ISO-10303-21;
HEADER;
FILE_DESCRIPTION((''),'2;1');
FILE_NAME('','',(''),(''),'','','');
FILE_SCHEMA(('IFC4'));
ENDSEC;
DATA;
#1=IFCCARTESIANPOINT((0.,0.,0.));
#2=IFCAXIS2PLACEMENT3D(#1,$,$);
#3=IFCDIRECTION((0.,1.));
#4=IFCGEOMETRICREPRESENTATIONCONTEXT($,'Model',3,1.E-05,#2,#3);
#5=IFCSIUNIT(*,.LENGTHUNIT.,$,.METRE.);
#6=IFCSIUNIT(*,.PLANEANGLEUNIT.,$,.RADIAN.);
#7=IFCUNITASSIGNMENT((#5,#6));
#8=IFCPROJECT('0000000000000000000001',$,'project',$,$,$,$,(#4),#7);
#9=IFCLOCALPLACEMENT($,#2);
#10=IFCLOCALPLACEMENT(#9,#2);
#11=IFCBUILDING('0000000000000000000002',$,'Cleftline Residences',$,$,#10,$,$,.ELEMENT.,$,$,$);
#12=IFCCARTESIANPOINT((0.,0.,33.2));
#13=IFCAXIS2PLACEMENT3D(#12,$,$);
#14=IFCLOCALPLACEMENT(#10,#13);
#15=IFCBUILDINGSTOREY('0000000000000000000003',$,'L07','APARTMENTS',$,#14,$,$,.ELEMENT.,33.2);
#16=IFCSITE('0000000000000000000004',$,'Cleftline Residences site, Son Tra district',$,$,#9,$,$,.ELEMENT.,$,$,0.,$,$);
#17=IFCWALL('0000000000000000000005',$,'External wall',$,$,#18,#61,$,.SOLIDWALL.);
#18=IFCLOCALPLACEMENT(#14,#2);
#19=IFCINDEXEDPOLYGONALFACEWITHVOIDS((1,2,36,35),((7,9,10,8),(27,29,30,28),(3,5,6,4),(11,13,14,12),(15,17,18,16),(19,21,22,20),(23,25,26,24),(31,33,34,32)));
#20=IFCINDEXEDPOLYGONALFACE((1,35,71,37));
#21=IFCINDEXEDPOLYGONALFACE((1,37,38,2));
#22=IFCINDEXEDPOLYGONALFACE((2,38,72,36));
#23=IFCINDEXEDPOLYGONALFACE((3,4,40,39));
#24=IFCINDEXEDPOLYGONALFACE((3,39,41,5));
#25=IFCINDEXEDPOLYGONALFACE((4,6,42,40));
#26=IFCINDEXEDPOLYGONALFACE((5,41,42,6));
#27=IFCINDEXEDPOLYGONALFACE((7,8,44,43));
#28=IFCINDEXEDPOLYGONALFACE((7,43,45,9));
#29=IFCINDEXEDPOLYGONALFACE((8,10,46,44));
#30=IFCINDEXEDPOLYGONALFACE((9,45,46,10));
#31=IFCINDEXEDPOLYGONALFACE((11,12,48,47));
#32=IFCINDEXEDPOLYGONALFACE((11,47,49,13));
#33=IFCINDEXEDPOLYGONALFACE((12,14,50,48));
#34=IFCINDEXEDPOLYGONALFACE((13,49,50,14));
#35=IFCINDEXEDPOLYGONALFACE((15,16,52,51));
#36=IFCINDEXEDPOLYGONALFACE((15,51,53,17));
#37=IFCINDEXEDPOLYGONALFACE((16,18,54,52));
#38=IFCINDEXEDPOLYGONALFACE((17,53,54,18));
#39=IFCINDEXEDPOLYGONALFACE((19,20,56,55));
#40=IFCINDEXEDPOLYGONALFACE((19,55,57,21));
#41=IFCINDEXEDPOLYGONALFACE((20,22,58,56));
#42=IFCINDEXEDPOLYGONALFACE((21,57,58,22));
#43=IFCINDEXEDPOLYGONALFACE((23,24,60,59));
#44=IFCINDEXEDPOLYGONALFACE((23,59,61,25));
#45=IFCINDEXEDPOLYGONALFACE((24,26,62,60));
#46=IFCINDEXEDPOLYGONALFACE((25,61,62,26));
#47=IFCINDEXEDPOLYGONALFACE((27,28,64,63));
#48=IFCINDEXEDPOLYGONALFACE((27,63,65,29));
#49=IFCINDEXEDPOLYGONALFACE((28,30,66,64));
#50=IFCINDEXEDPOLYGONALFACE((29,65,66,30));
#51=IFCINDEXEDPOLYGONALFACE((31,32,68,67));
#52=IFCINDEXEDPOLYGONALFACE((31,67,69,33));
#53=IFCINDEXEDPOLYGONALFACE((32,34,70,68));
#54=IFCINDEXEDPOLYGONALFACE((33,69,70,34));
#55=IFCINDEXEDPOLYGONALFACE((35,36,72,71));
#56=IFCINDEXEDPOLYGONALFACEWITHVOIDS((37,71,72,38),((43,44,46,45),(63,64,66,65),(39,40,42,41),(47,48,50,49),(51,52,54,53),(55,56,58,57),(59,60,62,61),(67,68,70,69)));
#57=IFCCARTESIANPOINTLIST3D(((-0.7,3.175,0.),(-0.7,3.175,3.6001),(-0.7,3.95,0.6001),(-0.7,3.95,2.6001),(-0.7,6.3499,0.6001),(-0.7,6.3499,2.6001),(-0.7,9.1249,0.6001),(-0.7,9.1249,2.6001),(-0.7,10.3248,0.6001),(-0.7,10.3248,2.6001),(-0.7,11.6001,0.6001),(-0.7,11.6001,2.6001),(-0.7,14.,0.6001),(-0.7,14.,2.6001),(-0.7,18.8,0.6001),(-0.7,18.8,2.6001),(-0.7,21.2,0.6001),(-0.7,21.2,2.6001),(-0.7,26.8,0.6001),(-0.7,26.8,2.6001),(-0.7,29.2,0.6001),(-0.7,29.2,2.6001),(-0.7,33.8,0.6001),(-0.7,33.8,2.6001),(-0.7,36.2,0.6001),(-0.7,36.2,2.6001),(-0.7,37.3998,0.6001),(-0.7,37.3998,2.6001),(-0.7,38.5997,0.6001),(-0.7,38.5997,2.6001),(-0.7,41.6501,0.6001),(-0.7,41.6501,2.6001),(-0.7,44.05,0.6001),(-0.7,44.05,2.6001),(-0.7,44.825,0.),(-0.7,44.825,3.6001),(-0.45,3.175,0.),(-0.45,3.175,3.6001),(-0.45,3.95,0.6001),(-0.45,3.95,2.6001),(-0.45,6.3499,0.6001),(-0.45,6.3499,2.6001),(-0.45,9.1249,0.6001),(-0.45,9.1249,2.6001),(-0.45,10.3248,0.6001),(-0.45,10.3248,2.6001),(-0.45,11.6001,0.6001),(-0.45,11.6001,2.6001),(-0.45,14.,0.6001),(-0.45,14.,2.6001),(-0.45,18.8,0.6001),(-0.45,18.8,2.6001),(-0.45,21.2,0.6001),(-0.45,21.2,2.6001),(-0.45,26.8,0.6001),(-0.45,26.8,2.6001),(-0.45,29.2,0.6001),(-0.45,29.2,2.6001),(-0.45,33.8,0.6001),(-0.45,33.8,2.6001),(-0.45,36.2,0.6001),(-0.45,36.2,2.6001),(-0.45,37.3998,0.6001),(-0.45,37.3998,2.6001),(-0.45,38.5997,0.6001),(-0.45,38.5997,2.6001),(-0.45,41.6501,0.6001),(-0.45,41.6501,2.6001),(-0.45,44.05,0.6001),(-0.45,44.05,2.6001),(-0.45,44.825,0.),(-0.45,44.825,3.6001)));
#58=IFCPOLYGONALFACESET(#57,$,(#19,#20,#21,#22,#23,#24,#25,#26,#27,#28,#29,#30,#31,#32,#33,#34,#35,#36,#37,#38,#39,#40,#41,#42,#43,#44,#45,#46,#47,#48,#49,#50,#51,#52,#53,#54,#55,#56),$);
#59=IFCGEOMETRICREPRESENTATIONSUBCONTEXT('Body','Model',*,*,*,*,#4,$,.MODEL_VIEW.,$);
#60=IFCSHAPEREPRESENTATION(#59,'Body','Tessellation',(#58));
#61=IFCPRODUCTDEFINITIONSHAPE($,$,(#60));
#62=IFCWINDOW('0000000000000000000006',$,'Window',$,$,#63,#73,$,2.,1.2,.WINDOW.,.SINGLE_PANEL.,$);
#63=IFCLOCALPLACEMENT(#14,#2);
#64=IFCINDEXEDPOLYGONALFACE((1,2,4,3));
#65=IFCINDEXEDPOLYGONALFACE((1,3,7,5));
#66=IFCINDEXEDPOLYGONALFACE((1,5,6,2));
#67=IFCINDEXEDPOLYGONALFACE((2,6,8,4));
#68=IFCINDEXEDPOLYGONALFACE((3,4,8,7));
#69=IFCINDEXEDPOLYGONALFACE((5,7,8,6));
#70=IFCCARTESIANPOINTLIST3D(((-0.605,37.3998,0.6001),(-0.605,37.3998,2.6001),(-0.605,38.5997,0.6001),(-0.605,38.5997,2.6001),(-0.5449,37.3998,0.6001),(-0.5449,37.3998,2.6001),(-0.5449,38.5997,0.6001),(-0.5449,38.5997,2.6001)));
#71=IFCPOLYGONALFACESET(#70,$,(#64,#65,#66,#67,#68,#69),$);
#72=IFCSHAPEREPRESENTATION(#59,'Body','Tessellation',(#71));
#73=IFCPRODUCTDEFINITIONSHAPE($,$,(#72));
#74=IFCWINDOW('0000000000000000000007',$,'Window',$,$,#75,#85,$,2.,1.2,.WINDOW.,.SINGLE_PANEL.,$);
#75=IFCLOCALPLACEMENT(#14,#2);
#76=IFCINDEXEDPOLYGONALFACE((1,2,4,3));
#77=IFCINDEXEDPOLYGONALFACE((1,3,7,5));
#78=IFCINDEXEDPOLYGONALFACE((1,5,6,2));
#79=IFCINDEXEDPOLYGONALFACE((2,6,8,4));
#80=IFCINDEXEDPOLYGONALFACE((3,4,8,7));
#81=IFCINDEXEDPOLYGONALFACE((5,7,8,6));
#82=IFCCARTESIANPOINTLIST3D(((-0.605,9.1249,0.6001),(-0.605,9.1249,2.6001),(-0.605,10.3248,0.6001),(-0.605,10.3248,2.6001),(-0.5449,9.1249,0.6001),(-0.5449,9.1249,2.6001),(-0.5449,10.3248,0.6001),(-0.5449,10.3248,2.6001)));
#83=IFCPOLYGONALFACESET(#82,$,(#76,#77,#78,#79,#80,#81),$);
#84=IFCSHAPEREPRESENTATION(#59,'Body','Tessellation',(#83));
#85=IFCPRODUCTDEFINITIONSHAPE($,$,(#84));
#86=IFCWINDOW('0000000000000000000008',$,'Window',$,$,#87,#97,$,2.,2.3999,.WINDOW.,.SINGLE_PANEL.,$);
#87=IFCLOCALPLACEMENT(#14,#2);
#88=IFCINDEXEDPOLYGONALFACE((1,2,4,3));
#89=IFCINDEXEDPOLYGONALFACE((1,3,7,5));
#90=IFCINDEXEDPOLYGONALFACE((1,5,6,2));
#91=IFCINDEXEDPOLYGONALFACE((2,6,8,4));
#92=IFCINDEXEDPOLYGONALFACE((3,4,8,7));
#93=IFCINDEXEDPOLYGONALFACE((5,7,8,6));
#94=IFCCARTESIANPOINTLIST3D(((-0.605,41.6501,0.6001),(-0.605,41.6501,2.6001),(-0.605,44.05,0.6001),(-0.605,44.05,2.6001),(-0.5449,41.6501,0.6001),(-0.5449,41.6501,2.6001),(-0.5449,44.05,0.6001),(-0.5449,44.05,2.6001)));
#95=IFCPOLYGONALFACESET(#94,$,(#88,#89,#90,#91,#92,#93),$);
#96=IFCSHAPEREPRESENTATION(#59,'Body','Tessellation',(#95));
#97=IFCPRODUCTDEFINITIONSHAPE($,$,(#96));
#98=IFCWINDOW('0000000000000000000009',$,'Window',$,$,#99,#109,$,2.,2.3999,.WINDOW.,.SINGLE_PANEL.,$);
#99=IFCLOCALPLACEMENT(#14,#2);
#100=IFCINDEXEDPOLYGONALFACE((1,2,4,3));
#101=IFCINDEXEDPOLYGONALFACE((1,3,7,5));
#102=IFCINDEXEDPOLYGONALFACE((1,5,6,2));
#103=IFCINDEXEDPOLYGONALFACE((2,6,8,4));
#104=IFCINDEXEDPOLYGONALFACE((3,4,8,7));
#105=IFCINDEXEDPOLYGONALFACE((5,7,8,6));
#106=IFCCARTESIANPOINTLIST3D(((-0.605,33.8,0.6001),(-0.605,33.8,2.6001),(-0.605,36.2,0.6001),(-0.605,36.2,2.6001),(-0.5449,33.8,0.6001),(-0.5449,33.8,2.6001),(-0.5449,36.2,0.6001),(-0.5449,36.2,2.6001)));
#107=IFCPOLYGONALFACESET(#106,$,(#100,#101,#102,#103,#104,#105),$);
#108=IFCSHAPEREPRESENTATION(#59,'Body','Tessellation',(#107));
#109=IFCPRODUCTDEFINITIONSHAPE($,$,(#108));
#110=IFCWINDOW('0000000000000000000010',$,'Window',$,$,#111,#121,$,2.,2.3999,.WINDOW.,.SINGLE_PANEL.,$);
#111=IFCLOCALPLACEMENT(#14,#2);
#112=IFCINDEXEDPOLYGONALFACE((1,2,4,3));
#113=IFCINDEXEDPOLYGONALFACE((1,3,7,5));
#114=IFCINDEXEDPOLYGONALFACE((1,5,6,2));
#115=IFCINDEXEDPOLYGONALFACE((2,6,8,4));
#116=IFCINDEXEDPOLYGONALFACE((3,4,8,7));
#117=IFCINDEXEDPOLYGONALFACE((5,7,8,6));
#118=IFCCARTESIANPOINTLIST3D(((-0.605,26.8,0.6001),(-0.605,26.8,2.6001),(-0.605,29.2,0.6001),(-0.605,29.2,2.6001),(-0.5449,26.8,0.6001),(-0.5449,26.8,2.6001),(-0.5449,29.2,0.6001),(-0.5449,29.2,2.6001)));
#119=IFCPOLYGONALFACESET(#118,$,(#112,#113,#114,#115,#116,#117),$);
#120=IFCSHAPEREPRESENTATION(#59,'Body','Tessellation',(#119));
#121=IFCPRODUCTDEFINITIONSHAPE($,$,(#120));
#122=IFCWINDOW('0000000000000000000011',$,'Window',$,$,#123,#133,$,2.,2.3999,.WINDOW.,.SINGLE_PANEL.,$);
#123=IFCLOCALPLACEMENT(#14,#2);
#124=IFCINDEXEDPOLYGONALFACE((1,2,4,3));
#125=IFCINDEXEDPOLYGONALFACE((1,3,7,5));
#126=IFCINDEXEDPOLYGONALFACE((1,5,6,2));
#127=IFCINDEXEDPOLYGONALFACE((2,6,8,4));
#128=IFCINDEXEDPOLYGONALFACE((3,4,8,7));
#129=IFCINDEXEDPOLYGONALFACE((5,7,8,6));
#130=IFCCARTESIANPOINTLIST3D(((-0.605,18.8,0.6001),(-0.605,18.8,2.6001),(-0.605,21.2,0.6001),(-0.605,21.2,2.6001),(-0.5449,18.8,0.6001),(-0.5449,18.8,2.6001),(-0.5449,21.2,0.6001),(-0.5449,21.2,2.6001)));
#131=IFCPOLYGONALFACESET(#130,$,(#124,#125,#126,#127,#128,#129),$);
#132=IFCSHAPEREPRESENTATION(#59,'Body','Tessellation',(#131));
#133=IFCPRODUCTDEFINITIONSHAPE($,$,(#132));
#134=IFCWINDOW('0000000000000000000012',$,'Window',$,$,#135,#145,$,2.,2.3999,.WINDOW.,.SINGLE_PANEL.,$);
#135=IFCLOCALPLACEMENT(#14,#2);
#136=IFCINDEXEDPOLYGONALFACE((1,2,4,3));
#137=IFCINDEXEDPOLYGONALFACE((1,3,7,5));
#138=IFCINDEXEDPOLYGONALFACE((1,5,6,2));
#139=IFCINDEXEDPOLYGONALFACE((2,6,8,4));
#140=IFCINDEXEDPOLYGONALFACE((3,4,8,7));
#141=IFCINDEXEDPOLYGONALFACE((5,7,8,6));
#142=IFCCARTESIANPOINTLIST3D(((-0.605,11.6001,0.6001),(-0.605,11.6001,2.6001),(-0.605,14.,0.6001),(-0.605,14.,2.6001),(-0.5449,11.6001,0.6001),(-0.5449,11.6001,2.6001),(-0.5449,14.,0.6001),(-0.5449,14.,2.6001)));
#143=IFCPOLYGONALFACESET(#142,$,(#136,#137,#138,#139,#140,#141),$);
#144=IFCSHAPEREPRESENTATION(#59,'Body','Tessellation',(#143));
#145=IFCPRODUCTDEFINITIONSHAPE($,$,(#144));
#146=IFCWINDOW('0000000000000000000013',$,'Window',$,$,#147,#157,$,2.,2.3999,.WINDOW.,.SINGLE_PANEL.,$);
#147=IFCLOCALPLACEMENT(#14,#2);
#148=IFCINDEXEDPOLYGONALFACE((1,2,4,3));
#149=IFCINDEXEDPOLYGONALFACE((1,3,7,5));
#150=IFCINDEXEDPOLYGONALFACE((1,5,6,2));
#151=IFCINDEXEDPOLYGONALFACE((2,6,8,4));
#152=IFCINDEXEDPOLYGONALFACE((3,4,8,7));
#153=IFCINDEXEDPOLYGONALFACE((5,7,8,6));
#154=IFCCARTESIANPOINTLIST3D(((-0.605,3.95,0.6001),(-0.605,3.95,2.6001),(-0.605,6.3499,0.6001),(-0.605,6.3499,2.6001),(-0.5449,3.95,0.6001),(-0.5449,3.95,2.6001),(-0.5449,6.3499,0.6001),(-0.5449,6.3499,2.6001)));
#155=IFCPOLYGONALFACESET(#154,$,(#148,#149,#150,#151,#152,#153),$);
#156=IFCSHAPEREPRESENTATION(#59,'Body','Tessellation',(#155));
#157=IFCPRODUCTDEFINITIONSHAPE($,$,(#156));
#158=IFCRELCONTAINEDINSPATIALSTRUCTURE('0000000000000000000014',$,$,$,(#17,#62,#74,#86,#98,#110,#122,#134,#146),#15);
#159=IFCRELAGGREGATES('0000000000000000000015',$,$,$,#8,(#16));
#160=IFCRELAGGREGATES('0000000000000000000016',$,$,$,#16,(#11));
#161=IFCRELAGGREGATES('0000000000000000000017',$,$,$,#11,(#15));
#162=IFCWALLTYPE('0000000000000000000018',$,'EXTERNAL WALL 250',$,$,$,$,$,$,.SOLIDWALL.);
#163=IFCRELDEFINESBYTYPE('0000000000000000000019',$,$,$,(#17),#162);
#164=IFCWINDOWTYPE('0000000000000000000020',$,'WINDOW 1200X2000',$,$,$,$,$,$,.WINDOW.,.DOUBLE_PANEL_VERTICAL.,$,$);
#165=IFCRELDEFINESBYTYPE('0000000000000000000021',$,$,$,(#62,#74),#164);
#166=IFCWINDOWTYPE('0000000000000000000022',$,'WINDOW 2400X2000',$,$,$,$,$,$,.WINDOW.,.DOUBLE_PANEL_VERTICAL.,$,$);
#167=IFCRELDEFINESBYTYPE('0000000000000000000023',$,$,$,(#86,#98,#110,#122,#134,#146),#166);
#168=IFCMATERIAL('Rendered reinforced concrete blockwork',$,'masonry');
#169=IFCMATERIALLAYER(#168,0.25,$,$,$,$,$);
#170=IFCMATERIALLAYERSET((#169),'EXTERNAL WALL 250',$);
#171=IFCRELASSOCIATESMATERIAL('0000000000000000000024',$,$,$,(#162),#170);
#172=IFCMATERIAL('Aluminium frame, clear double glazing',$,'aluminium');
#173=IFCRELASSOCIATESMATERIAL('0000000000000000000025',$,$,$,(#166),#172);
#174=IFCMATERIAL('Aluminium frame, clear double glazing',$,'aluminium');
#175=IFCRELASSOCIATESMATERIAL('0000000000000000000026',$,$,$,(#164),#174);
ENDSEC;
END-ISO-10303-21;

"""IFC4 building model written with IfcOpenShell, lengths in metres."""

from ifc_helpers import new_model, si_unit, direction, frame, frame_2d, origin, place, context, subcontext, project, spatial, rectangle, extrude, material, layer, layer_set, type_object, element, fill, save


model = new_model("IFC4")

# Units and contexts
model_context = context("Model", 3, precision=1e-05, world=origin(), true_north=direction((0.0, 1.0)))
body_context = subcontext(model_context, "Body", "Model", "MODEL_VIEW")
ifc_project = project(units=[si_unit("LENGTHUNIT", "METRE"), si_unit("PLANEANGLEUNIT", "RADIAN")], contexts=[model_context])

# Site, building, storey
site_placement = place(None, origin())
site = spatial("IfcSite", under=ifc_project, at=site_placement, Name="Cleftline Residences site, Son Tra district", CompositionType="ELEMENT", RefElevation=0.0)
building_placement = place(site_placement, origin())
building = spatial("IfcBuilding", under=site, at=building_placement, Name="Cleftline Residences", CompositionType="ELEMENT")
storey_placement = place(building_placement, frame((0.0, 0.0, 33.2)))
storey = spatial("IfcBuildingStorey", under=building, at=storey_placement, Name="L07", Description="APARTMENTS", CompositionType="ELEMENT", Elevation=33.2)

# Shared definitions
ifc_material_1 = material(Name="Rendered reinforced concrete blockwork", Category="masonry")
ifc_layer_1 = layer(ifc_material_1, 0.25)
ifc_layer_set_1 = layer_set([ifc_layer_1], Name="EXTERNAL WALL 250")
wall_type_1 = type_object("IfcWallType", Name="EXTERNAL WALL 250", PredefinedType="SOLIDWALL", material=ifc_layer_set_1)
ifc_material_2 = material(Name="Aluminium frame, clear double glazing", Category="aluminium")
window_type_1 = type_object("IfcWindowType", Name="WINDOW 2400X2000", PartitioningType="DOUBLE_PANEL_VERTICAL", PredefinedType="WINDOW", material=ifc_material_2)

# Wall, openings, windows
ifc_material_3 = material(Name="Aluminium frame, clear double glazing", Category="aluminium")
window_type_2 = type_object("IfcWindowType", Name="WINDOW 1200X2000", PartitioningType="DOUBLE_PANEL_VERTICAL", PredefinedType="WINDOW", material=ifc_material_3)
wall_1_placement = place(storey_placement, frame((-0.575, 44.825, 0.0), z_axis=(0.0, 0.0, 1.0), x_axis=(0.0, -1.0, 0.0)))
wall_1 = element("IfcWall", 1, at=wall_1_placement, inside=storey, type_object=wall_type_1, Name="External wall", PredefinedType="SOLIDWALL", context=body_context, shape_type="SweptSolid", body=[
    extrude(rectangle(XDim=41.6499, YDim=0.25, at=frame_2d((20.825, 0.0))), origin(), (0.0, 0.0, 1.0), 3.6001),
])
opening_1_placement = place(wall_1_placement, frame((0.7749, 0.0, 0.6001)))
opening_1 = element("IfcOpeningElement", 2, at=opening_1_placement, cuts=wall_1, PredefinedType="OPENING", context=body_context, shape_type="SweptSolid", body=[
    extrude(rectangle(XDim=2.3999, YDim=2.0, at=frame_2d((1.2, 1.0))), frame((0.0, 0.135, 0.0), z_axis=(0.0, -1.0, 0.0), x_axis=(1.0, 0.0, 0.0)), (0.0, 0.0, 1.0), 0.27),
])
opening_2_placement = place(wall_1_placement, frame((6.2251, 0.0, 0.6001)))
opening_2 = element("IfcOpeningElement", 3, at=opening_2_placement, cuts=wall_1, PredefinedType="OPENING", context=body_context, shape_type="SweptSolid", body=[
    extrude(rectangle(XDim=1.2, YDim=2.0, at=frame_2d((0.6001, 1.0))), frame((0.0, 0.135, 0.0), z_axis=(0.0, -1.0, 0.0), x_axis=(1.0, 0.0, 0.0)), (0.0, 0.0, 1.0), 0.27),
])
opening_3_placement = place(wall_1_placement, frame((8.625, 0.0, 0.6001)))
opening_3 = element("IfcOpeningElement", 4, at=opening_3_placement, cuts=wall_1, PredefinedType="OPENING", context=body_context, shape_type="SweptSolid", body=[
    extrude(rectangle(XDim=2.3999, YDim=2.0, at=frame_2d((1.2, 1.0))), frame((0.0, 0.135, 0.0), z_axis=(0.0, -1.0, 0.0), x_axis=(1.0, 0.0, 0.0)), (0.0, 0.0, 1.0), 0.27),
])
opening_4_placement = place(wall_1_placement, frame((15.625, 0.0, 0.6001)))
opening_4 = element("IfcOpeningElement", 5, at=opening_4_placement, cuts=wall_1, PredefinedType="OPENING", context=body_context, shape_type="SweptSolid", body=[
    extrude(rectangle(XDim=2.3999, YDim=2.0, at=frame_2d((1.2, 1.0))), frame((0.0, 0.135, 0.0), z_axis=(0.0, -1.0, 0.0), x_axis=(1.0, 0.0, 0.0)), (0.0, 0.0, 1.0), 0.27),
])
opening_5_placement = place(wall_1_placement, frame((23.625, 0.0, 0.6001)))
opening_5 = element("IfcOpeningElement", 6, at=opening_5_placement, cuts=wall_1, PredefinedType="OPENING", context=body_context, shape_type="SweptSolid", body=[
    extrude(rectangle(XDim=2.3999, YDim=2.0, at=frame_2d((1.2, 1.0))), frame((0.0, 0.135, 0.0), z_axis=(0.0, -1.0, 0.0), x_axis=(1.0, 0.0, 0.0)), (0.0, 0.0, 1.0), 0.27),
])
opening_6_placement = place(wall_1_placement, frame((30.825, 0.0, 0.6001)))
opening_6 = element("IfcOpeningElement", 7, at=opening_6_placement, cuts=wall_1, PredefinedType="OPENING", context=body_context, shape_type="SweptSolid", body=[
    extrude(rectangle(XDim=2.3999, YDim=2.0, at=frame_2d((1.2, 1.0))), frame((0.0, 0.135, 0.0), z_axis=(0.0, -1.0, 0.0), x_axis=(1.0, 0.0, 0.0)), (0.0, 0.0, 1.0), 0.27),
])
opening_7_placement = place(wall_1_placement, frame((34.5, 0.0, 0.6001)))
opening_7 = element("IfcOpeningElement", 8, at=opening_7_placement, cuts=wall_1, PredefinedType="OPENING", context=body_context, shape_type="SweptSolid", body=[
    extrude(rectangle(XDim=1.2, YDim=2.0, at=frame_2d((0.6001, 1.0))), frame((0.0, 0.135, 0.0), z_axis=(0.0, -1.0, 0.0), x_axis=(1.0, 0.0, 0.0)), (0.0, 0.0, 1.0), 0.27),
])
opening_8_placement = place(wall_1_placement, frame((38.4751, 0.0, 0.6001)))
opening_8 = element("IfcOpeningElement", 9, at=opening_8_placement, cuts=wall_1, PredefinedType="OPENING", context=body_context, shape_type="SweptSolid", body=[
    extrude(rectangle(XDim=2.3999, YDim=2.0, at=frame_2d((1.2, 1.0))), frame((0.0, 0.135, 0.0), z_axis=(0.0, -1.0, 0.0), x_axis=(1.0, 0.0, 0.0)), (0.0, 0.0, 1.0), 0.27),
])
window_1_placement = place(opening_2_placement, origin())
window_1 = element("IfcWindow", 10, at=window_1_placement, inside=storey, type_object=window_type_2, Name="Window", OverallHeight=2.0, OverallWidth=1.2, PartitioningType="SINGLE_PANEL", PredefinedType="WINDOW", context=body_context, shape_type="SweptSolid", body=[
    extrude(rectangle(XDim=1.2, YDim=2.0, at=frame_2d((0.6001, 1.0))), frame((0.0, 0.03, 0.0), z_axis=(0.0, -1.0, 0.0), x_axis=(1.0, 0.0, 0.0)), (0.0, 0.0, 1.0), 0.0601),
])
fill(opening_2, window_1)
window_2_placement = place(opening_7_placement, origin())
window_2 = element("IfcWindow", 11, at=window_2_placement, inside=storey, type_object=window_type_2, Name="Window", OverallHeight=2.0, OverallWidth=1.2, PartitioningType="SINGLE_PANEL", PredefinedType="WINDOW", context=body_context, shape_type="SweptSolid", body=[
    extrude(rectangle(XDim=1.2, YDim=2.0, at=frame_2d((0.6001, 1.0))), frame((0.0, 0.03, 0.0), z_axis=(0.0, -1.0, 0.0), x_axis=(1.0, 0.0, 0.0)), (0.0, 0.0, 1.0), 0.0601),
])
fill(opening_7, window_2)
window_3_placement = place(opening_1_placement, origin())
window_3 = element("IfcWindow", 12, at=window_3_placement, inside=storey, type_object=window_type_1, Name="Window", OverallHeight=2.0, OverallWidth=2.3999, PartitioningType="SINGLE_PANEL", PredefinedType="WINDOW", context=body_context, shape_type="SweptSolid", body=[
    extrude(rectangle(XDim=2.3999, YDim=2.0, at=frame_2d((1.2, 1.0))), frame((0.0, 0.03, 0.0), z_axis=(0.0, -1.0, 0.0), x_axis=(1.0, 0.0, 0.0)), (0.0, 0.0, 1.0), 0.0601),
])
fill(opening_1, window_3)
window_4_placement = place(opening_3_placement, origin())
window_4 = element("IfcWindow", 13, at=window_4_placement, inside=storey, type_object=window_type_1, Name="Window", OverallHeight=2.0, OverallWidth=2.3999, PartitioningType="SINGLE_PANEL", PredefinedType="WINDOW", context=body_context, shape_type="SweptSolid", body=[
    extrude(rectangle(XDim=2.3999, YDim=2.0, at=frame_2d((1.2, 1.0))), frame((0.0, 0.03, 0.0), z_axis=(0.0, -1.0, 0.0), x_axis=(1.0, 0.0, 0.0)), (0.0, 0.0, 1.0), 0.0601),
])
fill(opening_3, window_4)
window_5_placement = place(opening_4_placement, origin())
window_5 = element("IfcWindow", 14, at=window_5_placement, inside=storey, type_object=window_type_1, Name="Window", OverallHeight=2.0, OverallWidth=2.3999, PartitioningType="SINGLE_PANEL", PredefinedType="WINDOW", context=body_context, shape_type="SweptSolid", body=[
    extrude(rectangle(XDim=2.3999, YDim=2.0, at=frame_2d((1.2, 1.0))), frame((0.0, 0.03, 0.0), z_axis=(0.0, -1.0, 0.0), x_axis=(1.0, 0.0, 0.0)), (0.0, 0.0, 1.0), 0.0601),
])
fill(opening_4, window_5)
window_6_placement = place(opening_5_placement, origin())
window_6 = element("IfcWindow", 15, at=window_6_placement, inside=storey, type_object=window_type_1, Name="Window", OverallHeight=2.0, OverallWidth=2.3999, PartitioningType="SINGLE_PANEL", PredefinedType="WINDOW", context=body_context, shape_type="SweptSolid", body=[
    extrude(rectangle(XDim=2.3999, YDim=2.0, at=frame_2d((1.2, 1.0))), frame((0.0, 0.03, 0.0), z_axis=(0.0, -1.0, 0.0), x_axis=(1.0, 0.0, 0.0)), (0.0, 0.0, 1.0), 0.0601),
])
fill(opening_5, window_6)
window_7_placement = place(opening_6_placement, origin())
window_7 = element("IfcWindow", 16, at=window_7_placement, inside=storey, type_object=window_type_1, Name="Window", OverallHeight=2.0, OverallWidth=2.3999, PartitioningType="SINGLE_PANEL", PredefinedType="WINDOW", context=body_context, shape_type="SweptSolid", body=[
    extrude(rectangle(XDim=2.3999, YDim=2.0, at=frame_2d((1.2, 1.0))), frame((0.0, 0.03, 0.0), z_axis=(0.0, -1.0, 0.0), x_axis=(1.0, 0.0, 0.0)), (0.0, 0.0, 1.0), 0.0601),
])
fill(opening_6, window_7)
window_8_placement = place(opening_8_placement, origin())
window_8 = element("IfcWindow", 17, at=window_8_placement, inside=storey, type_object=window_type_1, Name="Window", OverallHeight=2.0, OverallWidth=2.3999, PartitioningType="SINGLE_PANEL", PredefinedType="WINDOW", context=body_context, shape_type="SweptSolid", body=[
    extrude(rectangle(XDim=2.3999, YDim=2.0, at=frame_2d((1.2, 1.0))), frame((0.0, 0.03, 0.0), z_axis=(0.0, -1.0, 0.0), x_axis=(1.0, 0.0, 0.0)), (0.0, 0.0, 1.0), 0.0601),
])
fill(opening_8, window_8)

save(model, "model.ifc")
